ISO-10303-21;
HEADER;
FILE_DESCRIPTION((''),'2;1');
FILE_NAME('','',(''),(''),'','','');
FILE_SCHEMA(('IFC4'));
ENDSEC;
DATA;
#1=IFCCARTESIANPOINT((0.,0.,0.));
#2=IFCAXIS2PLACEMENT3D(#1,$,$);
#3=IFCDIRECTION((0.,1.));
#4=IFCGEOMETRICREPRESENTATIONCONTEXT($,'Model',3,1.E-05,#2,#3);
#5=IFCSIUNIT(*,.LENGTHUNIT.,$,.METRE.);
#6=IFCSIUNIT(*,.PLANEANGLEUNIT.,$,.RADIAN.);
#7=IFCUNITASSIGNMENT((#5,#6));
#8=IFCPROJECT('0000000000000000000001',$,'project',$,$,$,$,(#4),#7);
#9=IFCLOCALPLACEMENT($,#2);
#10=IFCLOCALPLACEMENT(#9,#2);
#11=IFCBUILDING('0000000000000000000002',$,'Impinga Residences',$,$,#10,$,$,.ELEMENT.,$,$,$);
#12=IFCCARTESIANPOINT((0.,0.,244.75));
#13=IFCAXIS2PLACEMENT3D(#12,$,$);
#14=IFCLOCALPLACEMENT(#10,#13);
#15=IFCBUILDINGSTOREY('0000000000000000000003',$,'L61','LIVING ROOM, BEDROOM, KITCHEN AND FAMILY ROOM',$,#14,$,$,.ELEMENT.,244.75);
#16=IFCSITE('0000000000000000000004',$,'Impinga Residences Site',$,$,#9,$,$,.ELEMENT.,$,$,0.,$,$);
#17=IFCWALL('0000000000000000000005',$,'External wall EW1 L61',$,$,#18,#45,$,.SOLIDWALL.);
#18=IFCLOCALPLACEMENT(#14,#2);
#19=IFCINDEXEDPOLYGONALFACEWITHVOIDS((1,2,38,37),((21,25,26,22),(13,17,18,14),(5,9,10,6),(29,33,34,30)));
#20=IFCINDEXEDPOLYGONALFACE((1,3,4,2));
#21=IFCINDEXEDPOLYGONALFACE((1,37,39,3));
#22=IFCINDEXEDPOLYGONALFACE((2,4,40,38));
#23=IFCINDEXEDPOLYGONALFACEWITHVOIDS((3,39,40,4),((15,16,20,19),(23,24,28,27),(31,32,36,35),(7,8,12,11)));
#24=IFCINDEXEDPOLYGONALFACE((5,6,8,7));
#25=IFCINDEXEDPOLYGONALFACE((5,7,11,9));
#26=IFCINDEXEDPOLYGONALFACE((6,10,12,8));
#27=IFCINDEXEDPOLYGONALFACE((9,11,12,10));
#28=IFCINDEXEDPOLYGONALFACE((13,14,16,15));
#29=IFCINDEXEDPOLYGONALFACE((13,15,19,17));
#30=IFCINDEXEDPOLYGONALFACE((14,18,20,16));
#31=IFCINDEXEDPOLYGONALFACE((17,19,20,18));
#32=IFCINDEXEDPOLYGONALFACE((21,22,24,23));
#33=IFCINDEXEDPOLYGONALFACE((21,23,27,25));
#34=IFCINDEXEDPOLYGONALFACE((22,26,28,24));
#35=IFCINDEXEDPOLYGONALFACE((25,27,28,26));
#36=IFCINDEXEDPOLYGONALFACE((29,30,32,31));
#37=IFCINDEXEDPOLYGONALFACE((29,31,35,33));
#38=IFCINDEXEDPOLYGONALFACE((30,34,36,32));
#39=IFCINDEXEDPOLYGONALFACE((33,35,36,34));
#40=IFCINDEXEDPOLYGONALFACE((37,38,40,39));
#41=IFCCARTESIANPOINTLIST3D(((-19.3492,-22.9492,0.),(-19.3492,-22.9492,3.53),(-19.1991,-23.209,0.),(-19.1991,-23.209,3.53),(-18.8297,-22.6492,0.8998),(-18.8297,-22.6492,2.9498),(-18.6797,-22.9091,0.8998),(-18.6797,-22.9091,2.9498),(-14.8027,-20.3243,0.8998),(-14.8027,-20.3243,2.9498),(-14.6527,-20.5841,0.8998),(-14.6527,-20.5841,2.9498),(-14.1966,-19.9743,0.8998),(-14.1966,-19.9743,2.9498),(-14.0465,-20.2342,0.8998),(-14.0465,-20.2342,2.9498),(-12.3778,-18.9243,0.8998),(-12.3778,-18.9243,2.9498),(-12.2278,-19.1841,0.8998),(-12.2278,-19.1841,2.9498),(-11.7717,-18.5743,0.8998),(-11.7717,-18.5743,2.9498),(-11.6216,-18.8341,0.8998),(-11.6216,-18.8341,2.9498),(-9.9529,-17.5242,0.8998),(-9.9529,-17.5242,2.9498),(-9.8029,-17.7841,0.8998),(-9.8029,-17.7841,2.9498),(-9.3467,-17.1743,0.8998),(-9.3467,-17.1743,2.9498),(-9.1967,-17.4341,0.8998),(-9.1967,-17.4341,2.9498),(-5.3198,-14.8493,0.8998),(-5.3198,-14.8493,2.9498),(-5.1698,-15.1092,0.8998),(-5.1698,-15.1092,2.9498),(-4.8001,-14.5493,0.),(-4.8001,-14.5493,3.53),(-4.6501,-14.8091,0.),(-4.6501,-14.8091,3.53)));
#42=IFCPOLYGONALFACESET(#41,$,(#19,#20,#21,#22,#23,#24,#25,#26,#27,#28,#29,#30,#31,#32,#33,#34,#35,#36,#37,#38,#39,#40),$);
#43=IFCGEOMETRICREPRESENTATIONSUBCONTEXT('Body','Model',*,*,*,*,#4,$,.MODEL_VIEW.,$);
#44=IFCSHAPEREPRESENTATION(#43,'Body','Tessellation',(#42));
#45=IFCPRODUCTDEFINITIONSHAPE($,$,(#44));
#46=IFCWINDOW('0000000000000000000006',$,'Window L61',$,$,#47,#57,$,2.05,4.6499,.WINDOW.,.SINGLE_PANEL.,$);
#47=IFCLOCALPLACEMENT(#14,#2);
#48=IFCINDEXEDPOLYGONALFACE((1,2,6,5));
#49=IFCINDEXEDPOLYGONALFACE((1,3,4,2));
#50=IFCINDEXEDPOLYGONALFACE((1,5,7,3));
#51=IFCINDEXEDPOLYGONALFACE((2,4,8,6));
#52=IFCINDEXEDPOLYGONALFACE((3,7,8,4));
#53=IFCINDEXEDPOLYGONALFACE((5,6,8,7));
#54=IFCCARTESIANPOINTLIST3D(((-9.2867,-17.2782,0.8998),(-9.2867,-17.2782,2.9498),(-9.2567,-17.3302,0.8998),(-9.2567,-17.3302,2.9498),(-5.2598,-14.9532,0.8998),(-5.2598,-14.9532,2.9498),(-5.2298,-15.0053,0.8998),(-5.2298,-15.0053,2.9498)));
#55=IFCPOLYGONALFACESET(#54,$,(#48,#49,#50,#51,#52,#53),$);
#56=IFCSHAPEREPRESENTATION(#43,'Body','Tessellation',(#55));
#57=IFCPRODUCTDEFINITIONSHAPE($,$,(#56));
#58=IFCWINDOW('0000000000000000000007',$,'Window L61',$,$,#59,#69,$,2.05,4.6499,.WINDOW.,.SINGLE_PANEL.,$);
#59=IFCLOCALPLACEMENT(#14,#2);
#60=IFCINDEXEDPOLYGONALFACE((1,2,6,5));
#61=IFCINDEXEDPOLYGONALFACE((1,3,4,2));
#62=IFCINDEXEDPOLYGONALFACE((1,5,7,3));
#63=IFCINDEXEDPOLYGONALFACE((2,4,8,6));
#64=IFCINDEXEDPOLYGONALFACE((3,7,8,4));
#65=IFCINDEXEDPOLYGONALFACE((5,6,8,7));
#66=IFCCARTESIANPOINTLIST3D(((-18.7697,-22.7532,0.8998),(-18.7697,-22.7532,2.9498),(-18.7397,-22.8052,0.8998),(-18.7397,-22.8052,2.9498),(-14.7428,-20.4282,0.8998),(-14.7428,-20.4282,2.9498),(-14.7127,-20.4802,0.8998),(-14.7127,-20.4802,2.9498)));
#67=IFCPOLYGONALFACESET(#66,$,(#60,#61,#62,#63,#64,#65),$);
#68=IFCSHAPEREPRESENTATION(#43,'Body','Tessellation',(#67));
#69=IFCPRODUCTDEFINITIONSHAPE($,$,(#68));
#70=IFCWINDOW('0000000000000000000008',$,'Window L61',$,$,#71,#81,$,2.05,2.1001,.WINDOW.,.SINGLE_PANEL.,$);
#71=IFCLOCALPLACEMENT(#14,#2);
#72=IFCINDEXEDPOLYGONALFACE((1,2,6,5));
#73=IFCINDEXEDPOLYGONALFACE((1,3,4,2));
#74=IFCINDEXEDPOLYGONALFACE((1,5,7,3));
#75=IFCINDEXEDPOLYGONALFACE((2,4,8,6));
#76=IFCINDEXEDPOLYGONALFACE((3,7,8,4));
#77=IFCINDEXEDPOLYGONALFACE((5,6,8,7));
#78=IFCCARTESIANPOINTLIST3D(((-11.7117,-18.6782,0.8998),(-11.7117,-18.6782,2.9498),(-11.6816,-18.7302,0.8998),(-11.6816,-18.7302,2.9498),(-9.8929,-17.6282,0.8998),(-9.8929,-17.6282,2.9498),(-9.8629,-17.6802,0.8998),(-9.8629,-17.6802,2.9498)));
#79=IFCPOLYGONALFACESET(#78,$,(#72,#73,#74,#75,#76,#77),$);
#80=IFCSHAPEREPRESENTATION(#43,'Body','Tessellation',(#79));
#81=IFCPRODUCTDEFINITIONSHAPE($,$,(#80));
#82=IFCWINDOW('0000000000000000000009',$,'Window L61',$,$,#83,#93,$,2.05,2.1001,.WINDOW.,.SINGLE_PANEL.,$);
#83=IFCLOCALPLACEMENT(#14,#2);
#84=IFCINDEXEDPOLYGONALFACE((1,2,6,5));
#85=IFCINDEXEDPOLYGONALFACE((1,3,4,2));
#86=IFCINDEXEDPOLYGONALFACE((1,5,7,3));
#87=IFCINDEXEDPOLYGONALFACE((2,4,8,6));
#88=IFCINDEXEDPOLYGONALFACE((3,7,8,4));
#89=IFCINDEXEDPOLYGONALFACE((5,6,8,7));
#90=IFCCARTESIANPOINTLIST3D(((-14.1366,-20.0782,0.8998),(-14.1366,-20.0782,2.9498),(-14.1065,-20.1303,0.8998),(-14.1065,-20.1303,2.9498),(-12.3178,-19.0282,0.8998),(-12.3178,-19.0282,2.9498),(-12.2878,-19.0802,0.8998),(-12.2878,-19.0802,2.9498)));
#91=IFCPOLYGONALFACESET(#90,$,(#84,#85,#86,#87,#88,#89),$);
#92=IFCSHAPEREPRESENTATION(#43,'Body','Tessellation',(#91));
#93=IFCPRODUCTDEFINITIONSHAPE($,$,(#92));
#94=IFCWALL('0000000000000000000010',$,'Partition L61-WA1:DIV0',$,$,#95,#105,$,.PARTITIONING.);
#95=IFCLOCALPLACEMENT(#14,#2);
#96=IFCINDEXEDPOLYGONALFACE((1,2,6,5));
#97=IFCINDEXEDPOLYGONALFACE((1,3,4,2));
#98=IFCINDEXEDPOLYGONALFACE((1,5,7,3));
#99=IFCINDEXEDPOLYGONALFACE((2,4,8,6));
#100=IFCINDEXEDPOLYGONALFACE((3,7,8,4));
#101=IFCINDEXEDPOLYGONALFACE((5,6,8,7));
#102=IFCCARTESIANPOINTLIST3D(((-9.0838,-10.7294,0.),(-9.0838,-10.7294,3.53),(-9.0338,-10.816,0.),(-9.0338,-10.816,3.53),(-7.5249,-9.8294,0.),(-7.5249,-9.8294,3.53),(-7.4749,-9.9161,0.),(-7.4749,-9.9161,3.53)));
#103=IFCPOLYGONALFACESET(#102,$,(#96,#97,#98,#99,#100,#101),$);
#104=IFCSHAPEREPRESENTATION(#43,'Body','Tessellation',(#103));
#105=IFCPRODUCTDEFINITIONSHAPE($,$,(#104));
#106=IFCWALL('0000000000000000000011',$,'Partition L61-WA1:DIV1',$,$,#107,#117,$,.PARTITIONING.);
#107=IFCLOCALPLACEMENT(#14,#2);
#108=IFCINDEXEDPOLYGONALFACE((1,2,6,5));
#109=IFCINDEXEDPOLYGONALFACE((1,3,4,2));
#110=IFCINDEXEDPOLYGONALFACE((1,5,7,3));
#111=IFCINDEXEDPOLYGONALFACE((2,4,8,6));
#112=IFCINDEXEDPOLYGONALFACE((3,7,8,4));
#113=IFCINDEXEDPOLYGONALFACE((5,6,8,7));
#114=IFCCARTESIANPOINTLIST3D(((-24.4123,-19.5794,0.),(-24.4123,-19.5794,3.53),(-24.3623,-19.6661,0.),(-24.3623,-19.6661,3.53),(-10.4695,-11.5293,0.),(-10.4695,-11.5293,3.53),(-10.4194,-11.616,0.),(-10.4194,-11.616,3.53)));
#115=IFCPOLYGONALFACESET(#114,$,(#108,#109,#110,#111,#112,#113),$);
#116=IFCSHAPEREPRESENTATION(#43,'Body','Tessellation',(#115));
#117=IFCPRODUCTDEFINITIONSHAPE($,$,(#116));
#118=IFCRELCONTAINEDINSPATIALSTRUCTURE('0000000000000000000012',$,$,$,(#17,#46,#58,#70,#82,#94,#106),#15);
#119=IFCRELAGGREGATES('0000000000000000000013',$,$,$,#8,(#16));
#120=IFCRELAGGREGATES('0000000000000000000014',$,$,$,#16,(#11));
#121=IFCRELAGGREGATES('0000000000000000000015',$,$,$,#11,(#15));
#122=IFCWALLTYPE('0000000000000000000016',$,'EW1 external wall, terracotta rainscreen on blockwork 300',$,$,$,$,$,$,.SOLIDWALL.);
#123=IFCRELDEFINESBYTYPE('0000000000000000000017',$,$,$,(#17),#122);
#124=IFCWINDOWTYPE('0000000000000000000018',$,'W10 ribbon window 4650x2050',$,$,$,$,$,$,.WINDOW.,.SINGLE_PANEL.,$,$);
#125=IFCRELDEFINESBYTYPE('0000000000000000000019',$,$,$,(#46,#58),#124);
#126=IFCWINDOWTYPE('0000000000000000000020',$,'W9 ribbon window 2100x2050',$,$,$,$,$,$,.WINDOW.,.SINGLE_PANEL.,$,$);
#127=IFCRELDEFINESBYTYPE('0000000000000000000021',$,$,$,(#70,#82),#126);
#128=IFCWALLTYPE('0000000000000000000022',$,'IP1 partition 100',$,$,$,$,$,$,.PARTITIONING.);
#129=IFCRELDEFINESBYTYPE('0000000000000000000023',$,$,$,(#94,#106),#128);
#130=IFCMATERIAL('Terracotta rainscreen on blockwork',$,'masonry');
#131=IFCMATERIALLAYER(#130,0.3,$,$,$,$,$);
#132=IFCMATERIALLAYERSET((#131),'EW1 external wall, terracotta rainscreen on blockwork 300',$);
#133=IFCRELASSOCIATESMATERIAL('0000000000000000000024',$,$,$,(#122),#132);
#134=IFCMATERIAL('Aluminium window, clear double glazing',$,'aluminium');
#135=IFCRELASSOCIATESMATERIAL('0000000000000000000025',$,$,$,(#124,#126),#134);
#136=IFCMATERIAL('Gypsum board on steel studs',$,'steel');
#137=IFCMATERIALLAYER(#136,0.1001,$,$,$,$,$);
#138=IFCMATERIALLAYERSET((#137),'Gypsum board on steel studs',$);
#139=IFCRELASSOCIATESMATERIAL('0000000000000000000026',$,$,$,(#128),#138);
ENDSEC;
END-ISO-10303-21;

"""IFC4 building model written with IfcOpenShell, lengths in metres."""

from ifc_helpers import new_model, si_unit, direction, frame, frame_2d, origin, place, context, subcontext, project, spatial, rectangle, extrude, material, layer, layer_set, type_object, element, fill, save


model = new_model("IFC4")

# Units and contexts
model_context = context("Model", 3, precision=1e-05, world=origin(), true_north=direction((0.0, 1.0)))
body_context = subcontext(model_context, "Body", "Model", "MODEL_VIEW")
ifc_project = project(units=[si_unit("LENGTHUNIT", "METRE"), si_unit("PLANEANGLEUNIT", "RADIAN")], contexts=[model_context])

# Site, building, storey
site_placement = place(None, origin())
site = spatial("IfcSite", under=ifc_project, at=site_placement, Name="Impinga Residences Site", CompositionType="ELEMENT", RefElevation=0.0)
building_placement = place(site_placement, origin())
building = spatial("IfcBuilding", under=site, at=building_placement, Name="Impinga Residences", CompositionType="ELEMENT")
storey_placement = place(building_placement, frame((0.0, 0.0, 244.75)))
storey = spatial("IfcBuildingStorey", under=building, at=storey_placement, Name="L61", Description="LIVING ROOM, BEDROOM, KITCHEN AND FAMILY ROOM", CompositionType="ELEMENT", Elevation=244.75)

# Shared definitions
ifc_material_1 = material(Name="Terracotta rainscreen on blockwork", Category="masonry")
ifc_layer_1 = layer(ifc_material_1, 0.3)
ifc_layer_set_1 = layer_set([ifc_layer_1], Name="EW1 external wall, terracotta rainscreen on blockwork 300")
wall_type_1 = type_object("IfcWallType", Name="EW1 external wall, terracotta rainscreen on blockwork 300", PredefinedType="SOLIDWALL", material=ifc_layer_set_1)

# Wall, openings, windows
wall_1_placement = place(storey_placement, frame((-4.7251, -14.6792, 0.0), z_axis=(0.0, 0.0, 1.0), x_axis=(-0.866026, -0.5, 0.0)))
wall_1 = element("IfcWall", 1, at=wall_1_placement, inside=storey, type_object=wall_type_1, Name="External wall EW1 L61", PredefinedType="SOLIDWALL", context=body_context, shape_type="SweptSolid", body=[
    extrude(rectangle(XDim=16.7998, YDim=0.3, at=frame_2d((8.3999, 0.0))), origin(), (0.0, 0.0, 1.0), 3.53),
])
opening_1_placement = place(wall_1_placement, frame((0.6001, 0.0, 0.8999)))
opening_1 = element("IfcOpeningElement", 2, at=opening_1_placement, cuts=wall_1, PredefinedType="OPENING", context=body_context, shape_type="SweptSolid", body=[
    extrude(rectangle(XDim=4.6499, YDim=2.05, at=frame_2d((2.325, 1.0249))), frame((0.0, 0.1599, 0.0), z_axis=(0.0, -1.0, 0.0), x_axis=(1.0, 0.0, 0.0)), (0.0, 0.0, 1.0), 0.3201),
])
opening_2_placement = place(wall_1_placement, frame((5.95, 0.0, 0.8999)))
opening_2 = element("IfcOpeningElement", 3, at=opening_2_placement, cuts=wall_1, PredefinedType="OPENING", context=body_context, shape_type="SweptSolid", body=[
    extrude(rectangle(XDim=2.1001, YDim=2.05, at=frame_2d((1.05, 1.0249))), frame((0.0, 0.1599, 0.0), z_axis=(0.0, -1.0, 0.0), x_axis=(1.0, 0.0, 0.0)), (0.0, 0.0, 1.0), 0.3201),
])
opening_3_placement = place(wall_1_placement, frame((8.75, 0.0, 0.8999)))
opening_3 = element("IfcOpeningElement", 4, at=opening_3_placement, cuts=wall_1, PredefinedType="OPENING", context=body_context, shape_type="SweptSolid", body=[
    extrude(rectangle(XDim=2.1001, YDim=2.05, at=frame_2d((1.05, 1.0249))), frame((0.0, 0.1599, 0.0), z_axis=(0.0, -1.0, 0.0), x_axis=(1.0, 0.0, 0.0)), (0.0, 0.0, 1.0), 0.3201),
])
opening_4_placement = place(wall_1_placement, frame((11.55, 0.0, 0.8999)))
opening_4 = element("IfcOpeningElement", 5, at=opening_4_placement, cuts=wall_1, PredefinedType="OPENING", context=body_context, shape_type="SweptSolid", body=[
    extrude(rectangle(XDim=4.6499, YDim=2.05, at=frame_2d((2.325, 1.0249))), frame((0.0, 0.1599, 0.0), z_axis=(0.0, -1.0, 0.0), x_axis=(1.0, 0.0, 0.0)), (0.0, 0.0, 1.0), 0.3201),
])
ifc_material_2 = material(Name="Aluminium window, clear double glazing", Category="aluminium")
window_type_1 = type_object("IfcWindowType", Name="W10 ribbon window 4650x2050", PartitioningType="SINGLE_PANEL", PredefinedType="WINDOW", material=ifc_material_2)
window_1_placement = place(opening_1_placement, origin())
window_1 = element("IfcWindow", 6, at=window_1_placement, inside=storey, type_object=window_type_1, Name="Window L61", OverallHeight=2.05, OverallWidth=4.6499, PartitioningType="SINGLE_PANEL", PredefinedType="WINDOW", context=body_context, shape_type="SweptSolid", body=[
    extrude(rectangle(XDim=4.6499, YDim=2.05, at=frame_2d((2.325, 1.0249))), frame((0.0, 0.03, 0.0), z_axis=(0.0, -1.0, 0.0), x_axis=(1.0, 0.0, 0.0)), (0.0, 0.0, 1.0), 0.0601),
])
fill(opening_1, window_1)
window_2_placement = place(opening_4_placement, origin())
window_2 = element("IfcWindow", 7, at=window_2_placement, inside=storey, type_object=window_type_1, Name="Window L61", OverallHeight=2.05, OverallWidth=4.6499, PartitioningType="SINGLE_PANEL", PredefinedType="WINDOW", context=body_context, shape_type="SweptSolid", body=[
    extrude(rectangle(XDim=4.6499, YDim=2.05, at=frame_2d((2.325, 1.0249))), frame((0.0, 0.03, 0.0), z_axis=(0.0, -1.0, 0.0), x_axis=(1.0, 0.0, 0.0)), (0.0, 0.0, 1.0), 0.0601),
])
fill(opening_4, window_2)
window_type_2 = type_object("IfcWindowType", Name="W9 ribbon window 2100x2050", PartitioningType="SINGLE_PANEL", PredefinedType="WINDOW", material=ifc_material_2)
window_3_placement = place(opening_2_placement, origin())
window_3 = element("IfcWindow", 8, at=window_3_placement, inside=storey, type_object=window_type_2, Name="Window L61", OverallHeight=2.05, OverallWidth=2.1001, PartitioningType="SINGLE_PANEL", PredefinedType="WINDOW", context=body_context, shape_type="SweptSolid", body=[
    extrude(rectangle(XDim=2.1001, YDim=2.05, at=frame_2d((1.05, 1.0249))), frame((0.0, 0.03, 0.0), z_axis=(0.0, -1.0, 0.0), x_axis=(1.0, 0.0, 0.0)), (0.0, 0.0, 1.0), 0.0601),
])
fill(opening_2, window_3)
window_4_placement = place(opening_3_placement, origin())
window_4 = element("IfcWindow", 9, at=window_4_placement, inside=storey, type_object=window_type_2, Name="Window L61", OverallHeight=2.05, OverallWidth=2.1001, PartitioningType="SINGLE_PANEL", PredefinedType="WINDOW", context=body_context, shape_type="SweptSolid", body=[
    extrude(rectangle(XDim=2.1001, YDim=2.05, at=frame_2d((1.05, 1.0249))), frame((0.0, 0.03, 0.0), z_axis=(0.0, -1.0, 0.0), x_axis=(1.0, 0.0, 0.0)), (0.0, 0.0, 1.0), 0.0601),
])
fill(opening_3, window_4)

# Walls
ifc_material_3 = material(Name="Gypsum board on steel studs", Category="steel")
ifc_layer_2 = layer(ifc_material_3, 0.1001)
ifc_layer_set_2 = layer_set([ifc_layer_2], Name="Gypsum board on steel studs")
wall_type_2 = type_object("IfcWallType", Name="IP1 partition 100", PredefinedType="PARTITIONING", material=ifc_layer_set_2)
wall_2_placement = place(storey_placement, frame((-7.5, -9.8728, 0.0), z_axis=(0.0, 0.0, 1.0), x_axis=(-0.866048, -0.499961, 0.0)))
element("IfcWall", 10, at=wall_2_placement, inside=storey, type_object=wall_type_2, Name="Partition L61-WA1:DIV0", PredefinedType="PARTITIONING", context=body_context, shape_type="SweptSolid", body=[
    extrude(rectangle(XDim=1.8, YDim=0.1001, at=frame_2d((0.8999, 0.0))), origin(), (0.0, 0.0, 1.0), 3.53),
])
wall_3_placement = place(storey_placement, frame((-10.4446, -11.5728, 0.0), z_axis=(0.0, 0.0, 1.0), x_axis=(-0.866022, -0.500006, 0.0)))
element("IfcWall", 11, at=wall_3_placement, inside=storey, type_object=wall_type_2, Name="Partition L61-WA1:DIV1", PredefinedType="PARTITIONING", context=body_context, shape_type="SweptSolid", body=[
    extrude(rectangle(XDim=16.0999, YDim=0.1001, at=frame_2d((8.0498, 0.0))), origin(), (0.0, 0.0, 1.0), 3.53),
])

save(model, "model.ifc")
